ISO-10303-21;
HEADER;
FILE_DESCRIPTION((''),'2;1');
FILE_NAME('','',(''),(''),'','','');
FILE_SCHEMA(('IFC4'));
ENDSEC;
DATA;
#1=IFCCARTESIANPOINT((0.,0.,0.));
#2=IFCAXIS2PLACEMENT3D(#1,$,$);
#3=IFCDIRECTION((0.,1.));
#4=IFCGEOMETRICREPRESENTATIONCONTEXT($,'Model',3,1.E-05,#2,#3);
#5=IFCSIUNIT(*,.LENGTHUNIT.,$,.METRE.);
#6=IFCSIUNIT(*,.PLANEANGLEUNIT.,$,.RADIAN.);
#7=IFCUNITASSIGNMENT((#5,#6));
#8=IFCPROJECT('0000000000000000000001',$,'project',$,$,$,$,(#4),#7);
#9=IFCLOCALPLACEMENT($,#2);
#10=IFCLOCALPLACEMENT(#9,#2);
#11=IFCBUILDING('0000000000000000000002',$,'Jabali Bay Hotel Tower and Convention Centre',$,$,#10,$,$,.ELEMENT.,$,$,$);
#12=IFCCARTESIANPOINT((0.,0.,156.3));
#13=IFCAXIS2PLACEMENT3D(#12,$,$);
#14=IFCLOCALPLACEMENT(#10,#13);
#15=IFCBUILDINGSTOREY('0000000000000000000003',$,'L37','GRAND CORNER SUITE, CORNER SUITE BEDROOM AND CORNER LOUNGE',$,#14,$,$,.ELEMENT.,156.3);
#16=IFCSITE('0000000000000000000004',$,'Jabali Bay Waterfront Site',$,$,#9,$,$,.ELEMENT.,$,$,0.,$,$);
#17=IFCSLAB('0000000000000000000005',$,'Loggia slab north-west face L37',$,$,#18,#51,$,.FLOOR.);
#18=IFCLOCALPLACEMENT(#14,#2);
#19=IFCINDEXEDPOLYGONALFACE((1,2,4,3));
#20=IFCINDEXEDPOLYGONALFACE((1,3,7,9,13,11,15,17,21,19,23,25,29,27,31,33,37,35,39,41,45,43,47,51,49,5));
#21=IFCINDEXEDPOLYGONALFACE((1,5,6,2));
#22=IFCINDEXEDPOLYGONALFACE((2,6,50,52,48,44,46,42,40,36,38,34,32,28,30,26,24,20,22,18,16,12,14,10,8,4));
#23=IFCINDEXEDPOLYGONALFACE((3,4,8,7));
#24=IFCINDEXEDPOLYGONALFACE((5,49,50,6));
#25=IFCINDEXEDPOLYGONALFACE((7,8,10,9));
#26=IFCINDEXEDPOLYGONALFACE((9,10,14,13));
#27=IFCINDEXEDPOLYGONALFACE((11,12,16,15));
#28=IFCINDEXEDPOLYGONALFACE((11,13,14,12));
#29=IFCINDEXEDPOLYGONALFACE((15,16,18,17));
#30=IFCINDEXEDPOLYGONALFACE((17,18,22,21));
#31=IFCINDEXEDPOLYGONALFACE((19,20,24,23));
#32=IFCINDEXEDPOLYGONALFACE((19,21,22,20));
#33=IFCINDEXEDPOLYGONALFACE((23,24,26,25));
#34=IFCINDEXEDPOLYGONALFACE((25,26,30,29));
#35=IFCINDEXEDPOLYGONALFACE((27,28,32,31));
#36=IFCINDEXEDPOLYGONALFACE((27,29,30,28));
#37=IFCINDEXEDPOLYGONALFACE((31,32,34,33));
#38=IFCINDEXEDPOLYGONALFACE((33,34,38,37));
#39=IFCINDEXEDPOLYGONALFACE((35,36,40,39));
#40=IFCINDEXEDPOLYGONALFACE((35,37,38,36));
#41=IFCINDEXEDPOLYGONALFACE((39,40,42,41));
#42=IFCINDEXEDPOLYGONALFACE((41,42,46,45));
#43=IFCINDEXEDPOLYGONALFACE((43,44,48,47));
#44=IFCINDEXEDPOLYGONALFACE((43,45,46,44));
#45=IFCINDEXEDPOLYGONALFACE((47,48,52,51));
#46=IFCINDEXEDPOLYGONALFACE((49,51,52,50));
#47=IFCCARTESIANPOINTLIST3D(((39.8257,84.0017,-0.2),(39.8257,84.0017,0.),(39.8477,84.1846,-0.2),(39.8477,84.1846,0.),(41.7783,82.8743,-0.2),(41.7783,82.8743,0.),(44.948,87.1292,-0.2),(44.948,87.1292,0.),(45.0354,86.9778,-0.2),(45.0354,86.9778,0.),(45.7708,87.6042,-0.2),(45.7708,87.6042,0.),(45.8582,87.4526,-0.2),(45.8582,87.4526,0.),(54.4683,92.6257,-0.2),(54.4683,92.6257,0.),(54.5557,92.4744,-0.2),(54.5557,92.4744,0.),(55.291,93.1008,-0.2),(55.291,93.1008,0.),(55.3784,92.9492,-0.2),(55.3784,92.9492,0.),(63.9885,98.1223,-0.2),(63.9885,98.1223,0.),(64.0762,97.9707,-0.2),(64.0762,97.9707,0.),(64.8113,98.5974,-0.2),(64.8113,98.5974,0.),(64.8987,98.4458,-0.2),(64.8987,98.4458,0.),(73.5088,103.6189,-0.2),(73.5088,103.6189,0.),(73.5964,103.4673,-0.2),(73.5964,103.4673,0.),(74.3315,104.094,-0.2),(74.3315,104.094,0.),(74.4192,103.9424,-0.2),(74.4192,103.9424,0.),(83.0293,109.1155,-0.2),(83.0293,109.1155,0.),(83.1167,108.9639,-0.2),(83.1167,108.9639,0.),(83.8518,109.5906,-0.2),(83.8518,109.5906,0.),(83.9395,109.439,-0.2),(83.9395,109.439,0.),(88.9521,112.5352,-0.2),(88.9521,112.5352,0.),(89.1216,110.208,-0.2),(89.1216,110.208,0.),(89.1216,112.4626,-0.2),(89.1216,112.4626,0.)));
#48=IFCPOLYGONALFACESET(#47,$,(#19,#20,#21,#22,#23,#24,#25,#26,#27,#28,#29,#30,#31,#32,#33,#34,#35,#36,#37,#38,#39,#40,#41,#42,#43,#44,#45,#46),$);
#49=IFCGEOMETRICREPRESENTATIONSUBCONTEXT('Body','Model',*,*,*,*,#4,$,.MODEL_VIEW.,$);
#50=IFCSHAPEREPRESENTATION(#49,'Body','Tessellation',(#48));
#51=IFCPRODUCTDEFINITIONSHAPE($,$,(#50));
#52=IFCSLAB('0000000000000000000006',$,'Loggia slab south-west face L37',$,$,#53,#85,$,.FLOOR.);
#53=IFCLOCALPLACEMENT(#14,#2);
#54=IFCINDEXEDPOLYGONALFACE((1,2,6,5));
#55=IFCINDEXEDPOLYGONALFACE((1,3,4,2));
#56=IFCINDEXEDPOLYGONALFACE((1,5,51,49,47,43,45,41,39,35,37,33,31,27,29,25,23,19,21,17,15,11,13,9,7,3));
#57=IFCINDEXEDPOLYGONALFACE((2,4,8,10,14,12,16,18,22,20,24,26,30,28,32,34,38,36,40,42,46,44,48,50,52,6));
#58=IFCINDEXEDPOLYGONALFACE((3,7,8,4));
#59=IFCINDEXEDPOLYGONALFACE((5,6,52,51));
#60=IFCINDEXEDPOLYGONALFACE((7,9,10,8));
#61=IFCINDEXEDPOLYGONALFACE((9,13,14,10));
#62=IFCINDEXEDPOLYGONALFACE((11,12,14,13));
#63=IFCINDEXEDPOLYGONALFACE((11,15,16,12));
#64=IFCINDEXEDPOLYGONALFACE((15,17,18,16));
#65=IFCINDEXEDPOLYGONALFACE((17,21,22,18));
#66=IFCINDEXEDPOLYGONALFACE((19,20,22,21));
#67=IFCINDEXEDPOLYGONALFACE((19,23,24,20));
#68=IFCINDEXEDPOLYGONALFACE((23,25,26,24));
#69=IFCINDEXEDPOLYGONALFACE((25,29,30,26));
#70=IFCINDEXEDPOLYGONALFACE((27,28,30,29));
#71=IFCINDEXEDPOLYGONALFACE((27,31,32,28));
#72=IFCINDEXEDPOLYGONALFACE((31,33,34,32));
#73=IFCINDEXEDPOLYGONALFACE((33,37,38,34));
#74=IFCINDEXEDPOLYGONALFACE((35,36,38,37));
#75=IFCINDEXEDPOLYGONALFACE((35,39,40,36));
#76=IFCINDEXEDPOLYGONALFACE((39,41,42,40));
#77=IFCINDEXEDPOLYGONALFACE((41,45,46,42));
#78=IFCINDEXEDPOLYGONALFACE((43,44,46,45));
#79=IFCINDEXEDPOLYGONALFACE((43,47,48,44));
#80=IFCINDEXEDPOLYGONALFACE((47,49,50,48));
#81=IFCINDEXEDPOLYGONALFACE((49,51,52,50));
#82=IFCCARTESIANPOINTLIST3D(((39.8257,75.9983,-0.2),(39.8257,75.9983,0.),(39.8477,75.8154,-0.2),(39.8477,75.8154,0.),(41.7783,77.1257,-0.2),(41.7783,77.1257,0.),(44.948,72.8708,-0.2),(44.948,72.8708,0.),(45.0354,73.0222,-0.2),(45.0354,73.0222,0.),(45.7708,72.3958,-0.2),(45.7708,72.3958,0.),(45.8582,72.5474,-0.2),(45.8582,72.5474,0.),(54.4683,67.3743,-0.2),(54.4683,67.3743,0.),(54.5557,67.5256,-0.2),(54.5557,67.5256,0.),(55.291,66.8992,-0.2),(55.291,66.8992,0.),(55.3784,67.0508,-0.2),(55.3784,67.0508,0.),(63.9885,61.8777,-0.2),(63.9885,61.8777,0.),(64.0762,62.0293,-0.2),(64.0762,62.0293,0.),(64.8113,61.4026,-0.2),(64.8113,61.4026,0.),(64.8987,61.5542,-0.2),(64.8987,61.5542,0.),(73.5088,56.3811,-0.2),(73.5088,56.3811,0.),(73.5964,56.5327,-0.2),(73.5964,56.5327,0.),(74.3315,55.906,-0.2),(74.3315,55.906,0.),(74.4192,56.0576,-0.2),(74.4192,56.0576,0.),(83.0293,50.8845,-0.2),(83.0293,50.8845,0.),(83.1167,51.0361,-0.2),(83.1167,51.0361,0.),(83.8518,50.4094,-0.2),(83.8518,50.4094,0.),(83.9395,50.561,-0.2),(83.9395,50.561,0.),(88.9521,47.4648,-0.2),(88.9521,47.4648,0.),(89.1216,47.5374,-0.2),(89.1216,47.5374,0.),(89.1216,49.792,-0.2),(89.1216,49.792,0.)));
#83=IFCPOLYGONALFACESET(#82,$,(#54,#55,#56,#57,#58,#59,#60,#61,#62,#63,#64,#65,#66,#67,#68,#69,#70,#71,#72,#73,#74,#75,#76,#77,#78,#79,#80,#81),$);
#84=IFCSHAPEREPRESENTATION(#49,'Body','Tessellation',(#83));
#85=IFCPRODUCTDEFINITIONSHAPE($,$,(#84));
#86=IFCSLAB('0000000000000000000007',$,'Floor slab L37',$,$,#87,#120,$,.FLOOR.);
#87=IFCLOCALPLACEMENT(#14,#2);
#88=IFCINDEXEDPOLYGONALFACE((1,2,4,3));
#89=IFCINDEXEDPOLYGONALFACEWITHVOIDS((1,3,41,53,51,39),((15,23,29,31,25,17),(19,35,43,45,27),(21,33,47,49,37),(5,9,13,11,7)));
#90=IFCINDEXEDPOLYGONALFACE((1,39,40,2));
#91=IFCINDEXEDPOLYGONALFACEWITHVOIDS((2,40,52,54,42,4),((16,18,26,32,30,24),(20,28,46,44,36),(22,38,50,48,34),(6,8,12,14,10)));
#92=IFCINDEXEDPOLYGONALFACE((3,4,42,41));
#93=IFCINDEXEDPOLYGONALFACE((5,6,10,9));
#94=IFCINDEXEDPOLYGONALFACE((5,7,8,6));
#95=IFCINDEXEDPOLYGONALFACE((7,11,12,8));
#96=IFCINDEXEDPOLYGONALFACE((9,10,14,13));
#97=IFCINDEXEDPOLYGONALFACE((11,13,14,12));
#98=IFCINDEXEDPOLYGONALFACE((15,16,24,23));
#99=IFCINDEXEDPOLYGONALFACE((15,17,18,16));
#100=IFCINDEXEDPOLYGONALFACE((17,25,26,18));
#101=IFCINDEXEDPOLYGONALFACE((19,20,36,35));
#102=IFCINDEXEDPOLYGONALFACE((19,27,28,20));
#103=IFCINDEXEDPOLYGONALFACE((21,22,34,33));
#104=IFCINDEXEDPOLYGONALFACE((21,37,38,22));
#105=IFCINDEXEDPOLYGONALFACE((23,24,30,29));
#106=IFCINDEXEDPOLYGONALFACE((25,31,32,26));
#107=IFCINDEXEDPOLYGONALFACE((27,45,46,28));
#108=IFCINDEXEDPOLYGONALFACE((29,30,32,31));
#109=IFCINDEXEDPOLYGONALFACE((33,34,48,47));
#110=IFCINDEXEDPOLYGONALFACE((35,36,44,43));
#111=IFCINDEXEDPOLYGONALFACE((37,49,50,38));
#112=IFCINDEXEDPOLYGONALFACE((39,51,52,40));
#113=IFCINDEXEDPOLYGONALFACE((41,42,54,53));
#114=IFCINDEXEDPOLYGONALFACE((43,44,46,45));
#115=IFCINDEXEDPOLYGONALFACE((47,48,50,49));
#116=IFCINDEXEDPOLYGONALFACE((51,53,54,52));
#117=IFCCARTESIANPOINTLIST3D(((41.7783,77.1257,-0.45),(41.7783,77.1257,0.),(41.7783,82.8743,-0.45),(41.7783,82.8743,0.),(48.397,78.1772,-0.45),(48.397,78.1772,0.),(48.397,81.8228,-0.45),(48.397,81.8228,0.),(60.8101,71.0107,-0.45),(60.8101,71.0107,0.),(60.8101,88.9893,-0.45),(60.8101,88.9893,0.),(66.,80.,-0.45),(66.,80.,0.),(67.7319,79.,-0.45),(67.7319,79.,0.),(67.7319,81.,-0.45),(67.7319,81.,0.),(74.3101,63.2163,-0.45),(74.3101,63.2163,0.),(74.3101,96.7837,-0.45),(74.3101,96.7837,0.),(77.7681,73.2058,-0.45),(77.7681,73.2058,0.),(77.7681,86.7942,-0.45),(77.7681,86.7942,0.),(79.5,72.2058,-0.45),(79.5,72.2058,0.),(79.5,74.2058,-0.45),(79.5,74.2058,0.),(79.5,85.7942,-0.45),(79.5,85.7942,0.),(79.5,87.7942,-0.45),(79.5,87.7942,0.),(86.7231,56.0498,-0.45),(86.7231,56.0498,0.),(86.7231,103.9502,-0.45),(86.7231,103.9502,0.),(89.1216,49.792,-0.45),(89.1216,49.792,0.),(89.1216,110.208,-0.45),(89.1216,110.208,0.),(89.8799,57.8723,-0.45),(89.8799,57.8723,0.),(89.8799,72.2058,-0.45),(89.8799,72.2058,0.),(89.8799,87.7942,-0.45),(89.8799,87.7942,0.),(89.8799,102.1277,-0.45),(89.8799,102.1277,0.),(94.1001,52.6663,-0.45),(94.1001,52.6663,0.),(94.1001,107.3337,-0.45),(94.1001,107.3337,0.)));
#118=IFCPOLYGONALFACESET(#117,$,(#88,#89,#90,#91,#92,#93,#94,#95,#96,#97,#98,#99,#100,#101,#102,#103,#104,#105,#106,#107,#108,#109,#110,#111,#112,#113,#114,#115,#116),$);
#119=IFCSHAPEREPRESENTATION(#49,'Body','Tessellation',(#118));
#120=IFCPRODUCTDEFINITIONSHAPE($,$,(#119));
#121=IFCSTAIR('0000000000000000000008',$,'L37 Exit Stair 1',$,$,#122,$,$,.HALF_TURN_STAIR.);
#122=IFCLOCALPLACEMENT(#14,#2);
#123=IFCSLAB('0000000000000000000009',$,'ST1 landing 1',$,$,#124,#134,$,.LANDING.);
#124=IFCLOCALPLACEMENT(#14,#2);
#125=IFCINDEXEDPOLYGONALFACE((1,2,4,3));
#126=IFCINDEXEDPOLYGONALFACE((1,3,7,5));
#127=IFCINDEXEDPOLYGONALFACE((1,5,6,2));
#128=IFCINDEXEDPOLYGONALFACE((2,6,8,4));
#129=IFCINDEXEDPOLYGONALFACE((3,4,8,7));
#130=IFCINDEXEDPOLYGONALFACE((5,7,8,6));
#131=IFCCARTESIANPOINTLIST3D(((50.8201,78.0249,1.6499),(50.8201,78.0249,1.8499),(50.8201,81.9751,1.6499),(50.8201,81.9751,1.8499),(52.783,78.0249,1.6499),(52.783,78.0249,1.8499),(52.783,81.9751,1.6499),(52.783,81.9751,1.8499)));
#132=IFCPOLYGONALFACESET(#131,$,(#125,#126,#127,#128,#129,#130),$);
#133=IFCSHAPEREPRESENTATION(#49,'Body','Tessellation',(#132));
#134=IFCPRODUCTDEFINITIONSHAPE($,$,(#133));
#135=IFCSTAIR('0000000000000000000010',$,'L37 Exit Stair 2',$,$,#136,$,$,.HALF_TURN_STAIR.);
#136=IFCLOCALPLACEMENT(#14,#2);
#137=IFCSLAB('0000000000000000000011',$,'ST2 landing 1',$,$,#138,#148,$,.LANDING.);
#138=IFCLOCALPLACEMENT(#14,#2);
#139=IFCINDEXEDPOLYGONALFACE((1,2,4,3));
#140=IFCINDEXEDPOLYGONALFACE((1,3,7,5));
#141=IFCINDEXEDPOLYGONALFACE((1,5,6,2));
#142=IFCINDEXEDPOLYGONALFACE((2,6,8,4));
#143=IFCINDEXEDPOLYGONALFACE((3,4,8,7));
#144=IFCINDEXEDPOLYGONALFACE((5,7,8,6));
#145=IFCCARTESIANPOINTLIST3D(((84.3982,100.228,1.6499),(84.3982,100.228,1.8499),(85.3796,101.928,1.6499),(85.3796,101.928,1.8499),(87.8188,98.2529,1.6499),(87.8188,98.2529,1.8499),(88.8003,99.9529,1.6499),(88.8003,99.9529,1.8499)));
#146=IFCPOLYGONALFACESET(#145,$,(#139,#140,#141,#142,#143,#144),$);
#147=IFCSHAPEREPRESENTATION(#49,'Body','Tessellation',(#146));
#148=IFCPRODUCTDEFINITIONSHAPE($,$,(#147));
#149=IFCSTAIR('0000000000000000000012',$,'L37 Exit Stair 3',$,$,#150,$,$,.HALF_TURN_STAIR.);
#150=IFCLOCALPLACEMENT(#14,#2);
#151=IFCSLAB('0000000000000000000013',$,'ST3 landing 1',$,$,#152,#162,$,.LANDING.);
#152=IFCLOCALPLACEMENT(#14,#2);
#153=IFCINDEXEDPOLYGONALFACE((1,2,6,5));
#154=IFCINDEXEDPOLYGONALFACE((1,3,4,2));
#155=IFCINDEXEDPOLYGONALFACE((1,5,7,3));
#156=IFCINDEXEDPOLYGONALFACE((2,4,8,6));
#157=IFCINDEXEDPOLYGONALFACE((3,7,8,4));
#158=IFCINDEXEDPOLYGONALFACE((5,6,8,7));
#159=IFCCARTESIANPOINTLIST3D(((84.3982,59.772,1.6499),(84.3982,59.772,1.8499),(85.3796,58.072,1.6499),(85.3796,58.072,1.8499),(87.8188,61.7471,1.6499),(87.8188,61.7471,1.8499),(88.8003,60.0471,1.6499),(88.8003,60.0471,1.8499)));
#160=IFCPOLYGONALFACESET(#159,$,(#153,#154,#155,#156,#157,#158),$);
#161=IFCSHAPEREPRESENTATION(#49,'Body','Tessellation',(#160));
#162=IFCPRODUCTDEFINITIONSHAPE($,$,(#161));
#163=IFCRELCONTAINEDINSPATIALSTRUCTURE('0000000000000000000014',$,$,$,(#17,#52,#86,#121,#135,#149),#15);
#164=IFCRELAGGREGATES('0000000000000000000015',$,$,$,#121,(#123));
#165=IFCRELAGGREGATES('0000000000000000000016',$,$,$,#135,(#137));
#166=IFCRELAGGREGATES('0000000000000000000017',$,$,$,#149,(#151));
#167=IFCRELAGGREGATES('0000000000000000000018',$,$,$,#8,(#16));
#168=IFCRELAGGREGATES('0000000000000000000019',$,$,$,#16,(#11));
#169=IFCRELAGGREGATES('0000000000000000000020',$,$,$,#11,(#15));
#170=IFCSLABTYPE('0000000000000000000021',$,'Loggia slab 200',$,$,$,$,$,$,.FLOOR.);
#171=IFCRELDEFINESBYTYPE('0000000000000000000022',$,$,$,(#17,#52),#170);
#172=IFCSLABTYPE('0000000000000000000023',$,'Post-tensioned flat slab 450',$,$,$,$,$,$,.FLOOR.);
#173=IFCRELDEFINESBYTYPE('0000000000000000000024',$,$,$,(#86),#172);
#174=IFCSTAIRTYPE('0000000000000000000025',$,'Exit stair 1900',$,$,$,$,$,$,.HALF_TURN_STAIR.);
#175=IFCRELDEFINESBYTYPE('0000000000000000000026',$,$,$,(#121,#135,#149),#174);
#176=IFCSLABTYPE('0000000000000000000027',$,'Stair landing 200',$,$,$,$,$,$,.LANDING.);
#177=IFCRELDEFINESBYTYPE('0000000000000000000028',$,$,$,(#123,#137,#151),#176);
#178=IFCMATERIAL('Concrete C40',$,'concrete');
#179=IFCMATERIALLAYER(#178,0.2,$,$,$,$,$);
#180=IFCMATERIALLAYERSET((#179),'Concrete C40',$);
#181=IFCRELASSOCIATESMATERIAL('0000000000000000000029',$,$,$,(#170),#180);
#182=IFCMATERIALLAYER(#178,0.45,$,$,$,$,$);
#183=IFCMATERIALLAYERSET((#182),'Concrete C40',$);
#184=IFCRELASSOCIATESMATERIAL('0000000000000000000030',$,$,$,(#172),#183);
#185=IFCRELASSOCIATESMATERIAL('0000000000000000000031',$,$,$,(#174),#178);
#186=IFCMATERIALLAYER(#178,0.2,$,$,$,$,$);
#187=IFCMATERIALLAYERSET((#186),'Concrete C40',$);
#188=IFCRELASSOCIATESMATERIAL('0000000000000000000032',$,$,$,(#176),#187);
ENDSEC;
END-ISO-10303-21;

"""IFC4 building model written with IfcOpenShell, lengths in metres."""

from ifc_helpers import new_model, si_unit, direction, frame, origin, place, context, subcontext, project, spatial, polyline, outline, extrude, material, layer, layer_set, type_object, element, aggregate, save


model = new_model("IFC4")

# Units and contexts
model_context = context("Model", 3, precision=1e-05, world=origin(), true_north=direction((0.0, 1.0)))
body_context = subcontext(model_context, "Body", "Model", "MODEL_VIEW")
ifc_project = project(units=[si_unit("LENGTHUNIT", "METRE"), si_unit("PLANEANGLEUNIT", "RADIAN")], contexts=[model_context])

# Site, building, storey
site_placement = place(None, origin())
site = spatial("IfcSite", under=ifc_project, at=site_placement, Name="Jabali Bay Waterfront Site", CompositionType="ELEMENT", RefElevation=0.0)
building_placement = place(site_placement, origin())
building = spatial("IfcBuilding", under=site, at=building_placement, Name="Jabali Bay Hotel Tower and Convention Centre", CompositionType="ELEMENT")
storey_placement = place(building_placement, frame((0.0, 0.0, 156.3)))
storey = spatial("IfcBuildingStorey", under=building, at=storey_placement, Name="L37", Description="GRAND CORNER SUITE, CORNER SUITE BEDROOM AND CORNER LOUNGE", CompositionType="ELEMENT", Elevation=156.3)

# Slabs
ifc_material_1 = material(Name="Concrete C40", Category="concrete")
ifc_layer_1 = layer(ifc_material_1, 0.2)
ifc_layer_set_1 = layer_set([ifc_layer_1], Name="Concrete C40")
slab_type_1 = type_object("IfcSlabType", Name="Loggia slab 200", PredefinedType="FLOOR", material=ifc_layer_set_1)
slab_1_placement = place(storey_placement, frame((0.0, 0.0, -0.2)))
element("IfcSlab", 1, at=slab_1_placement, inside=storey, type_object=slab_type_1, Name="Loggia slab north-west face L37", PredefinedType="FLOOR", context=body_context, shape_type="SweptSolid", body=[
    extrude(outline(polyline([(41.7783, 82.8743), (39.8257, 84.0017), (39.8477, 84.1846), (44.948, 87.1292), (45.0354, 86.9778), (45.8582, 87.4526), (45.7708, 87.6042), (54.4683, 92.6257), (54.5557, 92.4744), (55.3784, 92.9492), (55.291, 93.1008), (63.9885, 98.1223), (64.0762, 97.9707), (64.8987, 98.4458), (64.8113, 98.5974), (73.5088, 103.6189), (73.5964, 103.4673), (74.4192, 103.9424), (74.3315, 104.094), (83.0293, 109.1155), (83.1167, 108.9639), (83.9395, 109.439), (83.8518, 109.5906), (88.9521, 112.5352), (89.1216, 112.4626), (89.1216, 110.208), (41.7783, 82.8743)])), origin(), (0.0, 0.0, 1.0), 0.2),
])
slab_2_placement = place(storey_placement, frame((0.0, 0.0, -0.2)))
element("IfcSlab", 2, at=slab_2_placement, inside=storey, type_object=slab_type_1, Name="Loggia slab south-west face L37", PredefinedType="FLOOR", context=body_context, shape_type="SweptSolid", body=[
    extrude(outline(polyline([(89.1216, 49.792), (89.1216, 47.5374), (88.9521, 47.4648), (83.8518, 50.4094), (83.9395, 50.561), (83.1167, 51.0361), (83.0293, 50.8845), (74.3315, 55.906), (74.4192, 56.0576), (73.5964, 56.5327), (73.5088, 56.3811), (64.8113, 61.4026), (64.8987, 61.5542), (64.0762, 62.0293), (63.9885, 61.8777), (55.291, 66.8992), (55.3784, 67.0508), (54.5557, 67.5256), (54.4683, 67.3743), (45.7708, 72.3958), (45.8582, 72.5474), (45.0354, 73.0222), (44.948, 72.8708), (39.8477, 75.8154), (39.8257, 75.9983), (41.7783, 77.1257), (89.1216, 49.792)])), origin(), (0.0, 0.0, 1.0), 0.2),
])
ifc_layer_2 = layer(ifc_material_1, 0.45)
ifc_layer_set_2 = layer_set([ifc_layer_2], Name="Concrete C40")
slab_type_2 = type_object("IfcSlabType", Name="Post-tensioned flat slab 450", PredefinedType="FLOOR", material=ifc_layer_set_2)
slab_3_placement = place(storey_placement, frame((0.0, 0.0, -0.45)))
element("IfcSlab", 3, at=slab_3_placement, inside=storey, type_object=slab_type_2, Name="Floor slab L37", PredefinedType="FLOOR", context=body_context, shape_type="SweptSolid", body=[
    extrude(outline(polyline([(89.1216, 110.208), (94.1001, 107.3337), (94.1001, 52.6663), (89.1216, 49.792), (41.7783, 77.1257), (41.7783, 82.8743), (89.1216, 110.208)]), holes=[polyline([(67.7319, 79.0), (77.7681, 73.2058), (79.5, 74.2058), (79.5, 85.7942), (77.7681, 86.7942), (67.7319, 81.0), (67.7319, 79.0)]), polyline([(48.397, 78.1772), (60.8101, 71.0107), (66.0, 80.0), (60.8101, 88.9893), (48.397, 81.8228), (48.397, 78.1772)]), polyline([(89.8799, 102.1277), (86.7231, 103.9502), (74.3101, 96.7837), (79.5, 87.7942), (89.8799, 87.7942), (89.8799, 102.1277)]), polyline([(74.3101, 63.2163), (86.7231, 56.0498), (89.8799, 57.8723), (89.8799, 72.2058), (79.5, 72.2058), (74.3101, 63.2163)])]), origin(), (0.0, 0.0, 1.0), 0.45),
])

# Stairs, slabs
stair_type = type_object("IfcStairType", Name="Exit stair 1900", PredefinedType="HALF_TURN_STAIR", material=ifc_material_1)
stair_1_placement = place(storey_placement, origin())
stair_1 = element("IfcStair", 4, at=stair_1_placement, inside=storey, type_object=stair_type, Name="L37 Exit Stair 1", PredefinedType="HALF_TURN_STAIR")
ifc_layer_3 = layer(ifc_material_1, 0.2)
ifc_layer_set_3 = layer_set([ifc_layer_3], Name="Concrete C40")
slab_type_3 = type_object("IfcSlabType", Name="Stair landing 200", PredefinedType="LANDING", material=ifc_layer_set_3)
slab_4_placement = place(storey_placement, frame((0.0, 0.0, 1.6499)))
slab_4 = element("IfcSlab", 5, at=slab_4_placement, type_object=slab_type_3, Name="ST1 landing 1", PredefinedType="LANDING", context=body_context, shape_type="SweptSolid", body=[
    extrude(outline(polyline([(52.783, 81.9751), (50.8201, 81.9751), (50.8201, 78.0249), (52.783, 78.0249), (52.783, 81.9751)])), origin(), (0.0, 0.0, 1.0), 0.2),
])
aggregate(stair_1, [slab_4])
stair_2_placement = place(storey_placement, origin())
stair_2 = element("IfcStair", 6, at=stair_2_placement, inside=storey, type_object=stair_type, Name="L37 Exit Stair 2", PredefinedType="HALF_TURN_STAIR")
slab_5_placement = place(storey_placement, frame((0.0, 0.0, 1.6499)))
slab_5 = element("IfcSlab", 7, at=slab_5_placement, type_object=slab_type_3, Name="ST2 landing 1", PredefinedType="LANDING", context=body_context, shape_type="SweptSolid", body=[
    extrude(outline(polyline([(87.8188, 98.2529), (88.8003, 99.9529), (85.3796, 101.928), (84.3982, 100.228), (87.8188, 98.2529)])), origin(), (0.0, 0.0, 1.0), 0.2),
])
aggregate(stair_2, [slab_5])
stair_3_placement = place(storey_placement, origin())
stair_3 = element("IfcStair", 8, at=stair_3_placement, inside=storey, type_object=stair_type, Name="L37 Exit Stair 3", PredefinedType="HALF_TURN_STAIR")
slab_6_placement = place(storey_placement, frame((0.0, 0.0, 1.6499)))
slab_6 = element("IfcSlab", 9, at=slab_6_placement, type_object=slab_type_3, Name="ST3 landing 1", PredefinedType="LANDING", context=body_context, shape_type="SweptSolid", body=[
    extrude(outline(polyline([(84.3982, 59.772), (85.3796, 58.072), (88.8003, 60.0471), (87.8188, 61.7471), (84.3982, 59.772)])), origin(), (0.0, 0.0, 1.0), 0.2),
])
aggregate(stair_3, [slab_6])

save(model, "model.ifc")
